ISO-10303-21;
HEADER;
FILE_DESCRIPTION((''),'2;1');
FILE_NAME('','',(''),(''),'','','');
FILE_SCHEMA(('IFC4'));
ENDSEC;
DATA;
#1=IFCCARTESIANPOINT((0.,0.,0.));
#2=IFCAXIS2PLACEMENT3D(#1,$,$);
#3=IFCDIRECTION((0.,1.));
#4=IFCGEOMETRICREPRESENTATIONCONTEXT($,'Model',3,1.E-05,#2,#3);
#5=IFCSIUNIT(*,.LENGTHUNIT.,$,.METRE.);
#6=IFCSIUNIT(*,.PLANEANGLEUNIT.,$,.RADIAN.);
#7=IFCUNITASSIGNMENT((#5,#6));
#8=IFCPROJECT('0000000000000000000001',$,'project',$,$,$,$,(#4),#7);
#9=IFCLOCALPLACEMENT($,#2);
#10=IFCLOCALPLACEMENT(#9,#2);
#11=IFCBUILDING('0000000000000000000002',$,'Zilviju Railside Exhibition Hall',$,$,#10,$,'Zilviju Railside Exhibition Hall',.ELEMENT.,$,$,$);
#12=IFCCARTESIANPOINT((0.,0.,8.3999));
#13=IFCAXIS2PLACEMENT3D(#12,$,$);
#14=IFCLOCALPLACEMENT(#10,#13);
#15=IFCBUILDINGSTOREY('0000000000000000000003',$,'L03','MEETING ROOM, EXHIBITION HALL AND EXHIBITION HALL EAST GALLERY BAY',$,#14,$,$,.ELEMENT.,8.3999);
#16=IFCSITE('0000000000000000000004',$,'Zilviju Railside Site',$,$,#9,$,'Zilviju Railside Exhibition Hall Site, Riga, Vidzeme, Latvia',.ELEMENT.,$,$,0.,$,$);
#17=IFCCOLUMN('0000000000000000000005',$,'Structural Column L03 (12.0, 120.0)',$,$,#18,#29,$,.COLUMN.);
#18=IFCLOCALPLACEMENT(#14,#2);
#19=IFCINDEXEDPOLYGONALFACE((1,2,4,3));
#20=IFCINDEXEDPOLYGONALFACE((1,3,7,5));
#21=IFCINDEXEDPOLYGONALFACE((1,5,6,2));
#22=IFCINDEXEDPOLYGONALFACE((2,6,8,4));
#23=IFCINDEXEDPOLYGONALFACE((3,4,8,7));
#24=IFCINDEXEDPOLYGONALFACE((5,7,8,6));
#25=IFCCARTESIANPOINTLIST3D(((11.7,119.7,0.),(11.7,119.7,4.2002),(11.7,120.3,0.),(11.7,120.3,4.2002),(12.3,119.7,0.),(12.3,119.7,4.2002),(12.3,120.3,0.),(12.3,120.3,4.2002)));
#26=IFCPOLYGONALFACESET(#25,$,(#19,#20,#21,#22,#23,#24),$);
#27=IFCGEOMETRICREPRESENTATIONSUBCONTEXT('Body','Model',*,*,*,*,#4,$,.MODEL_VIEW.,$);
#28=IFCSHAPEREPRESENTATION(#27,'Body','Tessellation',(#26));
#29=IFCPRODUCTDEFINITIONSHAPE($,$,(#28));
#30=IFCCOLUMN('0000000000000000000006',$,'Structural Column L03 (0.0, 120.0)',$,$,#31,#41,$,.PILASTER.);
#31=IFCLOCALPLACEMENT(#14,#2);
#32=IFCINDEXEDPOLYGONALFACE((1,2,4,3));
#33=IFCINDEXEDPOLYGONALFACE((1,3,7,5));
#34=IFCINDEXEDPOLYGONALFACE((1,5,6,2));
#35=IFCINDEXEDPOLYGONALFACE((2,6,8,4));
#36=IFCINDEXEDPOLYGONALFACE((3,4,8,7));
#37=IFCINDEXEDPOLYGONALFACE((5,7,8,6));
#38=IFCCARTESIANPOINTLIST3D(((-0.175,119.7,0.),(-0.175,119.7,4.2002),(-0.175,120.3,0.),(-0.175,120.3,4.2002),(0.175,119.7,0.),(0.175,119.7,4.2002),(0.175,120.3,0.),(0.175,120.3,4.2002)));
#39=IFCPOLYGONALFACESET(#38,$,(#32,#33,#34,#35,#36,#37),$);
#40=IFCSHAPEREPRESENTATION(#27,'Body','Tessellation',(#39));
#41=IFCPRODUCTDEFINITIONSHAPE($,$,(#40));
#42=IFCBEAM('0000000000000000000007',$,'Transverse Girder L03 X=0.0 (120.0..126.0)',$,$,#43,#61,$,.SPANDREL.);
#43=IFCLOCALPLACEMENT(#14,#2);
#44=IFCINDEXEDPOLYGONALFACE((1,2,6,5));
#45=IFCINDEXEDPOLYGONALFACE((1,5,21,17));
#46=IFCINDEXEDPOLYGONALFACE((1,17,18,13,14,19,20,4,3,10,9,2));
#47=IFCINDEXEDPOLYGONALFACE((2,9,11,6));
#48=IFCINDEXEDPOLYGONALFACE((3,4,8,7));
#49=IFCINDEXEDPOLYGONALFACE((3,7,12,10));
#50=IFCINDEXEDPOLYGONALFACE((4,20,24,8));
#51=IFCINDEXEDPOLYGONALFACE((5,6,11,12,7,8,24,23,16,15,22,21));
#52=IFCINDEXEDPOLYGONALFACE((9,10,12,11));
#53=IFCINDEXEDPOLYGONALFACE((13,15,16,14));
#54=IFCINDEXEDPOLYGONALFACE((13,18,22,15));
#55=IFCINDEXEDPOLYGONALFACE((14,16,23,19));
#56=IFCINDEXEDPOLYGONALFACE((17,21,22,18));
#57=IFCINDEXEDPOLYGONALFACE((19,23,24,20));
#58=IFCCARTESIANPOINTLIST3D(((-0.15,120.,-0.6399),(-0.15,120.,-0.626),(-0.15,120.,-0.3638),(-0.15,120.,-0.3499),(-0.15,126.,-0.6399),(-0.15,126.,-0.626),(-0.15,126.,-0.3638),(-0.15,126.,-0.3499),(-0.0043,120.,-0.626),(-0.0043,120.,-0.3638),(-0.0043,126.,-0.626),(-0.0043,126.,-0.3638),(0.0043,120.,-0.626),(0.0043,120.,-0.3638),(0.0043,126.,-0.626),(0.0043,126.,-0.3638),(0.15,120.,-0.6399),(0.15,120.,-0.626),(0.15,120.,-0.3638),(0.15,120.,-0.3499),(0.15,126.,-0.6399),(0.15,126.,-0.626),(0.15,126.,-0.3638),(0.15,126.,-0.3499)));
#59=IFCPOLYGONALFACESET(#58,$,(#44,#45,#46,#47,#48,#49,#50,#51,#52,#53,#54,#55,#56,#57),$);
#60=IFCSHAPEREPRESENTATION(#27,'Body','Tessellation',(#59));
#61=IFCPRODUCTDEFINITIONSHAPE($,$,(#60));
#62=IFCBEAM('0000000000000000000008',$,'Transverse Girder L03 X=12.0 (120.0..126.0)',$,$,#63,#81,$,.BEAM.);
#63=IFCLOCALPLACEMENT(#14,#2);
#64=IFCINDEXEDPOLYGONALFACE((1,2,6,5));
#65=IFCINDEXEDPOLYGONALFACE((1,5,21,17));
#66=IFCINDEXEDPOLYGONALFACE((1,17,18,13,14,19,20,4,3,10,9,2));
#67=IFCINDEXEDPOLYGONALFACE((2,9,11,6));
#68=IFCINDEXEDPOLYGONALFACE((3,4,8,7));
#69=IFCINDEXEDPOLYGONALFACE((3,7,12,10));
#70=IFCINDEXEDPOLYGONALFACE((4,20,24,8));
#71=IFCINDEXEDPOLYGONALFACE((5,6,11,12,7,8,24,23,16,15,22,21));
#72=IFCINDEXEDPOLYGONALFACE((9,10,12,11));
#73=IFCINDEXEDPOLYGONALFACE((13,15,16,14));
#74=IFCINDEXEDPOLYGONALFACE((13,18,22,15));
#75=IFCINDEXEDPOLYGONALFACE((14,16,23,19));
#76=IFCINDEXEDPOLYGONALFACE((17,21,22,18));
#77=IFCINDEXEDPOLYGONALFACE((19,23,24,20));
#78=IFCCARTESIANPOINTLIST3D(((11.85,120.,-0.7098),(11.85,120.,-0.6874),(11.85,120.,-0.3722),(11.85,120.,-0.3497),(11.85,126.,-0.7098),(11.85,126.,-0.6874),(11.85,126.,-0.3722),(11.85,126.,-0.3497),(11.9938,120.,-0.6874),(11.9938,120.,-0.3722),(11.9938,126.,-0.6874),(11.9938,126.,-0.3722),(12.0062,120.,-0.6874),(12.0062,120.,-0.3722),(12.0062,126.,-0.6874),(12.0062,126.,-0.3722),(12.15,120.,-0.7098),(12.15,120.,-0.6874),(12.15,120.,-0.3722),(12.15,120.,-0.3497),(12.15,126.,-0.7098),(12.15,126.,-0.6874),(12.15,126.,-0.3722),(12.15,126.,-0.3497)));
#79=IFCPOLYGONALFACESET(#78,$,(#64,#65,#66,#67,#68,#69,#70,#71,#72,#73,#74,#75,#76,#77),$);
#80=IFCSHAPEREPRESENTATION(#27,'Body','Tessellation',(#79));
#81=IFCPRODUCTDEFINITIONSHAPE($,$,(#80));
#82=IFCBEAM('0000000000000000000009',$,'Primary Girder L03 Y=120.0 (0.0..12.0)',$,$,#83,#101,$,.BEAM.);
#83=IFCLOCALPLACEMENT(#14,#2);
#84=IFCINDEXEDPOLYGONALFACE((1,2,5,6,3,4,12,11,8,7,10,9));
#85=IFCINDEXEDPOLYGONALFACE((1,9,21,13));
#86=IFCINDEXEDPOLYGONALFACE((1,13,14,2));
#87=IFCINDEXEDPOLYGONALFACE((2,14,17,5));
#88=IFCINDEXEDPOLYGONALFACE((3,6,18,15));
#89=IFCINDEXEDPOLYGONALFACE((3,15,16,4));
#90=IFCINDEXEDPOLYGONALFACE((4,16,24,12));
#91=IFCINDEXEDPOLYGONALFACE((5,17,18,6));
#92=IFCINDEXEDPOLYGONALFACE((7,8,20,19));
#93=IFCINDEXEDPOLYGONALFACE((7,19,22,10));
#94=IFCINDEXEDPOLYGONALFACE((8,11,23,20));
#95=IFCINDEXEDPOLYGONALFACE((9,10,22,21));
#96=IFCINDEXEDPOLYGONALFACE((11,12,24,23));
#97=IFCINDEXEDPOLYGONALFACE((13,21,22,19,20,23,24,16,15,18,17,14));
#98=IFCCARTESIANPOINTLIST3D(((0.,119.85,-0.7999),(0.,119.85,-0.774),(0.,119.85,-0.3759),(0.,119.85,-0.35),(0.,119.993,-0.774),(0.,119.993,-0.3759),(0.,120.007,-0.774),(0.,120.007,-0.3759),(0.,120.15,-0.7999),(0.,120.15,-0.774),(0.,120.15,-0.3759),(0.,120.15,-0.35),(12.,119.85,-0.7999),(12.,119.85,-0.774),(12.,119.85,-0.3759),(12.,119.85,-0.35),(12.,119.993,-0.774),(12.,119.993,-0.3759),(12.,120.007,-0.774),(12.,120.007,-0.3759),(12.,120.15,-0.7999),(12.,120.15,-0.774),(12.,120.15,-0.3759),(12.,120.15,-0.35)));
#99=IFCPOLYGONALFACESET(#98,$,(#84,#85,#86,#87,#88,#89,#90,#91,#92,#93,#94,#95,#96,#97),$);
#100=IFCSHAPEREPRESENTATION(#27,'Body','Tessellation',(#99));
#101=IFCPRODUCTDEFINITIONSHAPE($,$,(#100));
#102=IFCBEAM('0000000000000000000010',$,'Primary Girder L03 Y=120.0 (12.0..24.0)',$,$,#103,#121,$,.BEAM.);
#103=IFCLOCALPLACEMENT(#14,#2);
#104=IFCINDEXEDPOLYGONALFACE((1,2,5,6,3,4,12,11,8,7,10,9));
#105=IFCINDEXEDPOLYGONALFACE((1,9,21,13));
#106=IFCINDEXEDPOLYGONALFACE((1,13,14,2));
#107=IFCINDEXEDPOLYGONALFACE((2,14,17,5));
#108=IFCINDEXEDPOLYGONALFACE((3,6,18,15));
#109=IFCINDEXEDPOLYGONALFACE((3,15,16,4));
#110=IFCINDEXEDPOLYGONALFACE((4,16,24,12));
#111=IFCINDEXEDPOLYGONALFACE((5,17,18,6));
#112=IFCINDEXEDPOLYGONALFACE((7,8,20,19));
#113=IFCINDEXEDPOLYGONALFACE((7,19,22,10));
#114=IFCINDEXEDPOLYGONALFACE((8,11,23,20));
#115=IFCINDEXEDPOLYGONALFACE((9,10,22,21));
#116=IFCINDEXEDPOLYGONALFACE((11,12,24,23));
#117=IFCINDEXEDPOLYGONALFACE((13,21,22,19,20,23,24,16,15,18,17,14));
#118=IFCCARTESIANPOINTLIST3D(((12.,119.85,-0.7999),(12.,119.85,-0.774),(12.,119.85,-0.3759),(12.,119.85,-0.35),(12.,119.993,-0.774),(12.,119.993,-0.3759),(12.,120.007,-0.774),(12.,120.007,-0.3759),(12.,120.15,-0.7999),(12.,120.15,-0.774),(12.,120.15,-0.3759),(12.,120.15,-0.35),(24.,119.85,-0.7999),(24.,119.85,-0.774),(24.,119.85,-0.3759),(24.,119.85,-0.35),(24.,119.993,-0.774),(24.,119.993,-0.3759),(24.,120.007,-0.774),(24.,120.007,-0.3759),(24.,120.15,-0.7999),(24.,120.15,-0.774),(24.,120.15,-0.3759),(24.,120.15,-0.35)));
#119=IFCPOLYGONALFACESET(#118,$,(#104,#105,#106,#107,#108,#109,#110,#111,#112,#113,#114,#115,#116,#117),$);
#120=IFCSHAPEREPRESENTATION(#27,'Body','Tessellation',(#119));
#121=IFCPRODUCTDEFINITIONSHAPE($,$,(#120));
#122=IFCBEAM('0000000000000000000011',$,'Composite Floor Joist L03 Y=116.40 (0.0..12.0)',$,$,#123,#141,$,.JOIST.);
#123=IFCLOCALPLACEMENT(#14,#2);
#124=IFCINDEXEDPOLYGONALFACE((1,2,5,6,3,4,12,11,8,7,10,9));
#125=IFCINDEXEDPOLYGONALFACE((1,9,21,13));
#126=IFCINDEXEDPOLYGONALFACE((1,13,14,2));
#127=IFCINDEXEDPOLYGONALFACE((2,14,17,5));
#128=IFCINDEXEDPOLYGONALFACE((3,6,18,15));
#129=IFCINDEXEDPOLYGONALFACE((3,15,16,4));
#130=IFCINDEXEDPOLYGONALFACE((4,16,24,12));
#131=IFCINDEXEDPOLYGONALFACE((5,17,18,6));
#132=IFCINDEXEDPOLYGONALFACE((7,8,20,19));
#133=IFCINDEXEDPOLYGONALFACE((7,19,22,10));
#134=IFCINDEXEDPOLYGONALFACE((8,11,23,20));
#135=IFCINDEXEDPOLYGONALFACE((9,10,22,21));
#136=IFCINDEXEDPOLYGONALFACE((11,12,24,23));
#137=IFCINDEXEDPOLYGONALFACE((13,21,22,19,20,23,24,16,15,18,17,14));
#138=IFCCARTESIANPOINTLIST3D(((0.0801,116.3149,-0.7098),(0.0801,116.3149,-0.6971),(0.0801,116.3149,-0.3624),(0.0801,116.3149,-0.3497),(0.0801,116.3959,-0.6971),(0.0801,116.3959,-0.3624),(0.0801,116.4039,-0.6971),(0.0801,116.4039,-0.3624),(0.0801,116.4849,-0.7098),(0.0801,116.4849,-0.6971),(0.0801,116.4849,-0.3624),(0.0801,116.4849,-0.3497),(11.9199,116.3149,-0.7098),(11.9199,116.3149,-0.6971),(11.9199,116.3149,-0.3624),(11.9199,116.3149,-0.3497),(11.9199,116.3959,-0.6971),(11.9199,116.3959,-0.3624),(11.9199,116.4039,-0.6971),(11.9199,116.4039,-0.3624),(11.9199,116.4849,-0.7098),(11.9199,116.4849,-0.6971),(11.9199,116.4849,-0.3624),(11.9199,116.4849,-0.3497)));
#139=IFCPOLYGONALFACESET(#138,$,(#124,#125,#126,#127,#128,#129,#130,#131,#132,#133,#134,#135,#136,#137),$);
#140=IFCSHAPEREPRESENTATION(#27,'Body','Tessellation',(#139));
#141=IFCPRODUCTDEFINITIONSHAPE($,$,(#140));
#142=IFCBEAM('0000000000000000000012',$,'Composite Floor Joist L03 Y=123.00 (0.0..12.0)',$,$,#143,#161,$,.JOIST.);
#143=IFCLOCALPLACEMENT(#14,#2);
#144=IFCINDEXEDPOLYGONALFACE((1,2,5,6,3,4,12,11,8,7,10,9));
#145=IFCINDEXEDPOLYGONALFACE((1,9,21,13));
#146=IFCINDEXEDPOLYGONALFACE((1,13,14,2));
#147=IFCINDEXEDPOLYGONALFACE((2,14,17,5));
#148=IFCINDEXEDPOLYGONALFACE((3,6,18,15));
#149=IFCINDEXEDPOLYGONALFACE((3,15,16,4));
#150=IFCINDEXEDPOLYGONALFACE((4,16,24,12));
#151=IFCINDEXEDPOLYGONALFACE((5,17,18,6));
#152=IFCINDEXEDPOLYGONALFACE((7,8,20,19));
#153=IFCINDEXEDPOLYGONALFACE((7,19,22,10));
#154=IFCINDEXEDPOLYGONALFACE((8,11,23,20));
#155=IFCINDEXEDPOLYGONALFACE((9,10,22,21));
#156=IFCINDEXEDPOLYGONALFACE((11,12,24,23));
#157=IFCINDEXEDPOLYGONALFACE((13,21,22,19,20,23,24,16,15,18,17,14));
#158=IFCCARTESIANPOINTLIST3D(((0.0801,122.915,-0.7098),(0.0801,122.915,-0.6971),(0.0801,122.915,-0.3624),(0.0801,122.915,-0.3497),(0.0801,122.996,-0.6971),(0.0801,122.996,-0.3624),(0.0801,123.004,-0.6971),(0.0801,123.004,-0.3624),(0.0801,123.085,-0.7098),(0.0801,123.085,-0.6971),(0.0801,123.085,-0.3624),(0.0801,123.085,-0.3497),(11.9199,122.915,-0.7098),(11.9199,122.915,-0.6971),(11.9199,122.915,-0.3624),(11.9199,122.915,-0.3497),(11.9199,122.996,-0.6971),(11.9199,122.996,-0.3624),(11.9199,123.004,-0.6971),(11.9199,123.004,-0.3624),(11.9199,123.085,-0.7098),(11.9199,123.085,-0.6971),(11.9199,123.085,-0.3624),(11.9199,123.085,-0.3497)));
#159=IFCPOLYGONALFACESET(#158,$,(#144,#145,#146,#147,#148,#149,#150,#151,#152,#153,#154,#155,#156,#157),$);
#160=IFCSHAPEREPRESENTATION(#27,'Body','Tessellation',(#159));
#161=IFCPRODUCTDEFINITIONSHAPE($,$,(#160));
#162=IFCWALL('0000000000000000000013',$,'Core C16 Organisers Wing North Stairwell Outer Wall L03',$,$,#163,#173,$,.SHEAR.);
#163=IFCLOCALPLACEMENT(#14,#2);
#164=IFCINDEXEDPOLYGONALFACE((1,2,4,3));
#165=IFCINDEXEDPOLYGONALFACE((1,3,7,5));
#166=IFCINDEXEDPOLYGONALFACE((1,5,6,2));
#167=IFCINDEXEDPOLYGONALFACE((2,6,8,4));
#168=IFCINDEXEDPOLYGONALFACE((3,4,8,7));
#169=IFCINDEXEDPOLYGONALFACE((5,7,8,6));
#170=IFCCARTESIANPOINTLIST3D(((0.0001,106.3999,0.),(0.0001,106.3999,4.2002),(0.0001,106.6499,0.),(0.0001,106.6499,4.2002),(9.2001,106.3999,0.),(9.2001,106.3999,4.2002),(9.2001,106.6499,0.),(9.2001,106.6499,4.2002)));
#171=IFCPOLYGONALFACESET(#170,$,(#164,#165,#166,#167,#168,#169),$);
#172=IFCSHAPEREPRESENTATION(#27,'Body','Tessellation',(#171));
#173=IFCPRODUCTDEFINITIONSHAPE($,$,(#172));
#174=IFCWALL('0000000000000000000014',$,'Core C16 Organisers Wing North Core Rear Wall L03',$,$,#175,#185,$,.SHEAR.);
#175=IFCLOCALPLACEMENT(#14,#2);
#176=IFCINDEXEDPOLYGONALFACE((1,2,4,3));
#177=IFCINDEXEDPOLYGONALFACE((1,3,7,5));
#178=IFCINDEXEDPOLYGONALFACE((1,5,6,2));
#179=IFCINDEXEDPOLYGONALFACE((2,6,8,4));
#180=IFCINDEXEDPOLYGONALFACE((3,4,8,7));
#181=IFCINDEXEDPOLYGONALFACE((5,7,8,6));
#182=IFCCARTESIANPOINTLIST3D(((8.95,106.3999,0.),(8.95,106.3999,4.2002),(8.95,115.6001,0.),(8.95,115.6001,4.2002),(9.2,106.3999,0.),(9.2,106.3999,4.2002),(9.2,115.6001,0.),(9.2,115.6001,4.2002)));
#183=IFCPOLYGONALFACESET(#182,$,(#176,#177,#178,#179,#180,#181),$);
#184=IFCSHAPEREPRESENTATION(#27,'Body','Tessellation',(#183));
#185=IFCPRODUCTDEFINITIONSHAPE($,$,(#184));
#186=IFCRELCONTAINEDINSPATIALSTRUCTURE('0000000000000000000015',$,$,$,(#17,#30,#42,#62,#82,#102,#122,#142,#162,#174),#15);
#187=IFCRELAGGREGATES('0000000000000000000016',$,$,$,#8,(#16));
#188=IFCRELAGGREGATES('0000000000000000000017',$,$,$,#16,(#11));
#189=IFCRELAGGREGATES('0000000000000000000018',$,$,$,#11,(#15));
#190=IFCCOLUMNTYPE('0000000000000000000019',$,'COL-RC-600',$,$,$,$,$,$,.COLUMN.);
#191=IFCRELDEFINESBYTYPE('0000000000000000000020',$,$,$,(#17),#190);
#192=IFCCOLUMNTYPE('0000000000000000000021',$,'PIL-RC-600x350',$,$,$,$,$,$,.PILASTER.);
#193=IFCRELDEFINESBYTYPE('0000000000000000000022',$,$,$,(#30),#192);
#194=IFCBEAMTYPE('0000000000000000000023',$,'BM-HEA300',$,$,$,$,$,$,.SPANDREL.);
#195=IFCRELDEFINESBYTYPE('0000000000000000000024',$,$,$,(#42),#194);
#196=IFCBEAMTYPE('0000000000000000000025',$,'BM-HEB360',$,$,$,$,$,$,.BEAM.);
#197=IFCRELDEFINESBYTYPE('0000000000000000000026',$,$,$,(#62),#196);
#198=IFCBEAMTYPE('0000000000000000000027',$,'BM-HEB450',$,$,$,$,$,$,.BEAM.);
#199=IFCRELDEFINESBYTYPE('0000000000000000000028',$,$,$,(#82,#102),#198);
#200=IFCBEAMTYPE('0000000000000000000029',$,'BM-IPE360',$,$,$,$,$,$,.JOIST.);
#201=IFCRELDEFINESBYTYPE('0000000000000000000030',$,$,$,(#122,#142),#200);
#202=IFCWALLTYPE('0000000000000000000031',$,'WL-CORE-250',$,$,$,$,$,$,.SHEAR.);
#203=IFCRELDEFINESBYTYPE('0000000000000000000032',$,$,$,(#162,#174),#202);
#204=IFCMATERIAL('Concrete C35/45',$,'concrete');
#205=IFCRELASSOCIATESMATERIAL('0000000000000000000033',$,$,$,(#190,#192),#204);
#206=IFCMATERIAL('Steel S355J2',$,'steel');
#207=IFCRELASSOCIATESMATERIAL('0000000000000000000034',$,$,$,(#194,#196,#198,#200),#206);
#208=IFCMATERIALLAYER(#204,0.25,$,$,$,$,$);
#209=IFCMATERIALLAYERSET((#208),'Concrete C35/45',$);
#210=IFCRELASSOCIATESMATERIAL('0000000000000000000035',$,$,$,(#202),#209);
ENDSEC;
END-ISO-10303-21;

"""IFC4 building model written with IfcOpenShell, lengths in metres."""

from ifc_helpers import new_model, si_unit, direction, frame, frame_2d, origin, origin_2d, place, context, subcontext, project, spatial, rectangle, i_section, extrude, material, layer, layer_set, material_profile, profile_set, type_object, element, save


model = new_model("IFC4")

# Units and contexts
model_context = context("Model", 3, precision=1e-05, world=origin(), true_north=direction((0.0, 1.0)))
body_context = subcontext(model_context, "Body", "Model", "MODEL_VIEW")
ifc_project = project(units=[si_unit("LENGTHUNIT", "METRE"), si_unit("PLANEANGLEUNIT", "RADIAN")], contexts=[model_context])

# Site, building, storey
site_placement = place(None, origin())
site = spatial("IfcSite", under=ifc_project, at=site_placement, Name="Zilviju Railside Site", LongName="Zilviju Railside Exhibition Hall Site, Riga, Vidzeme, Latvia", CompositionType="ELEMENT", RefElevation=0.0)
building_placement = place(site_placement, origin())
building = spatial("IfcBuilding", under=site, at=building_placement, Name="Zilviju Railside Exhibition Hall", LongName="Zilviju Railside Exhibition Hall", CompositionType="ELEMENT")
storey_placement = place(building_placement, frame((0.0, 0.0, 8.3999)))
storey = spatial("IfcBuildingStorey", under=building, at=storey_placement, Name="L03", Description="MEETING ROOM, EXHIBITION HALL AND EXHIBITION HALL EAST GALLERY BAY", CompositionType="ELEMENT", Elevation=8.3999)

# Columns
ifc_material_1 = material(Name="Concrete C35/45", Category="concrete")
ifc_material_profile_1 = material_profile(ifc_material_1, rectangle(XDim=0.6001, YDim=0.6001, at=origin_2d()), Name="RC COL 600x600")
ifc_profile_set_1 = profile_set([ifc_material_profile_1], Name="Concrete C35/45")
column_type_1 = type_object("IfcColumnType", Name="COL-RC-600", PredefinedType="COLUMN", material=ifc_profile_set_1)
column_1_placement = place(storey_placement, frame((12.0, 120.0, 0.0), z_axis=(0.0, 0.0, 1.0), x_axis=(1.0, 0.0, 0.0)))
element("IfcColumn", 1, at=column_1_placement, inside=storey, type_object=column_type_1, Name="Structural Column L03 (12.0, 120.0)", PredefinedType="COLUMN", context=body_context, shape_type="SweptSolid", body=[
    extrude(rectangle(XDim=0.6001, YDim=0.6001, at=origin_2d()), origin(), (0.0, 0.0, 1.0), 4.2002),
])
ifc_material_profile_2 = material_profile(ifc_material_1, rectangle(XDim=0.3501, YDim=0.6001, at=origin_2d()), Name="RC COL 350x600")
ifc_profile_set_2 = profile_set([ifc_material_profile_2], Name="Concrete C35/45")
column_type_2 = type_object("IfcColumnType", Name="PIL-RC-600x350", PredefinedType="PILASTER", material=ifc_profile_set_2)
column_2_placement = place(storey_placement, frame((0.0, 120.0, 0.0), z_axis=(0.0, 0.0, 1.0), x_axis=(1.0, 0.0, 0.0)))
element("IfcColumn", 2, at=column_2_placement, inside=storey, type_object=column_type_2, Name="Structural Column L03 (0.0, 120.0)", PredefinedType="PILASTER", context=body_context, shape_type="SweptSolid", body=[
    extrude(rectangle(XDim=0.3501, YDim=0.6001, at=origin_2d()), origin(), (0.0, 0.0, 1.0), 4.2002),
])

# Beams
ifc_material_2 = material(Name="Steel S355J2", Category="steel")
ifc_material_profile_3 = material_profile(ifc_material_2, i_section(OverallWidth=0.3, OverallDepth=0.29, WebThickness=0.0085, FlangeThickness=0.0139, at=origin_2d()), Name="HEA 300")
ifc_profile_set_3 = profile_set([ifc_material_profile_3], Name="Steel S355J2")
beam_type_1 = type_object("IfcBeamType", Name="BM-HEA300", PredefinedType="SPANDREL", material=ifc_profile_set_3)
beam_1_placement = place(storey_placement, frame((0.0, 120.0, -0.4949), z_axis=(0.0, 1.0, 0.0), x_axis=(-1.0, 0.0, 0.0)))
element("IfcBeam", 3, at=beam_1_placement, inside=storey, type_object=beam_type_1, Name="Transverse Girder L03 X=0.0 (120.0..126.0)", PredefinedType="SPANDREL", context=body_context, shape_type="SweptSolid", body=[
    extrude(i_section(OverallWidth=0.3, OverallDepth=0.29, WebThickness=0.0085, FlangeThickness=0.0139, at=origin_2d()), origin(), (0.0, 0.0, 1.0), 6.0),
])
ifc_material_profile_4 = material_profile(ifc_material_2, i_section(OverallWidth=0.3, OverallDepth=0.3601, WebThickness=0.0125, FlangeThickness=0.0225, at=origin_2d()), Name="HEB 360")
ifc_profile_set_4 = profile_set([ifc_material_profile_4], Name="Steel S355J2")
beam_type_2 = type_object("IfcBeamType", Name="BM-HEB360", PredefinedType="BEAM", material=ifc_profile_set_4)
beam_2_placement = place(storey_placement, frame((12.0, 120.0, -0.5298), z_axis=(0.0, 1.0, 0.0), x_axis=(-1.0, 0.0, 0.0)))
element("IfcBeam", 4, at=beam_2_placement, inside=storey, type_object=beam_type_2, Name="Transverse Girder L03 X=12.0 (120.0..126.0)", PredefinedType="BEAM", context=body_context, shape_type="SweptSolid", body=[
    extrude(i_section(OverallWidth=0.3, OverallDepth=0.3601, WebThickness=0.0125, FlangeThickness=0.0225, at=origin_2d()), origin(), (0.0, 0.0, 1.0), 6.0),
])
ifc_material_profile_5 = material_profile(ifc_material_2, i_section(OverallWidth=0.3, OverallDepth=0.45, WebThickness=0.0139, FlangeThickness=0.0259, at=origin_2d()), Name="HEB 450")
ifc_profile_set_5 = profile_set([ifc_material_profile_5], Name="Steel S355J2")
beam_type_3 = type_object("IfcBeamType", Name="BM-HEB450", PredefinedType="BEAM", material=ifc_profile_set_5)
for number, where, z_axis, x_axis, name in (
    (5, (0.0, 120.0, -0.575), (1.0, 0.0, 0.0), (0.0, 1.0, 0.0), "Primary Girder L03 Y=120.0 (0.0..12.0)"),
    (6, (12.0, 120.0, -0.575), (1.0, 0.0, 0.0), (0.0, 1.0, 0.0), "Primary Girder L03 Y=120.0 (12.0..24.0)"),
):
    element("IfcBeam", number, at=place(storey_placement, frame(where, z_axis=z_axis, x_axis=x_axis)), inside=storey, type_object=beam_type_3, Name=name, PredefinedType="BEAM", context=body_context, shape_type="SweptSolid", body=[
        extrude(i_section(OverallWidth=0.3, OverallDepth=0.45, WebThickness=0.0139, FlangeThickness=0.0259, at=origin_2d()), origin(), (0.0, 0.0, 1.0), 12.0),
    ])
ifc_material_profile_6 = material_profile(ifc_material_2, i_section(OverallWidth=0.1699, OverallDepth=0.3601, WebThickness=0.0081, FlangeThickness=0.0127, at=origin_2d()), Name="IPE 360")
ifc_profile_set_6 = profile_set([ifc_material_profile_6], Name="Steel S355J2")
beam_type_4 = type_object("IfcBeamType", Name="BM-IPE360", PredefinedType="JOIST", material=ifc_profile_set_6)
for number, where, z_axis, x_axis, name in (
    (7, (0.0801, 116.3999, -0.5298), (1.0, 0.0, 0.0), (0.0, 1.0, 0.0), "Composite Floor Joist L03 Y=116.40 (0.0..12.0)"),
    (8, (0.0801, 123.0, -0.5298), (1.0, 0.0, 0.0), (0.0, 1.0, 0.0), "Composite Floor Joist L03 Y=123.00 (0.0..12.0)"),
):
    element("IfcBeam", number, at=place(storey_placement, frame(where, z_axis=z_axis, x_axis=x_axis)), inside=storey, type_object=beam_type_4, Name=name, PredefinedType="JOIST", context=body_context, shape_type="SweptSolid", body=[
        extrude(i_section(OverallWidth=0.1699, OverallDepth=0.3601, WebThickness=0.0081, FlangeThickness=0.0127, at=origin_2d()), origin(), (0.0, 0.0, 1.0), 11.8398),
    ])

# Walls
ifc_layer_1 = layer(ifc_material_1, 0.25)
ifc_layer_set_1 = layer_set([ifc_layer_1], Name="Concrete C35/45")
wall_type_1 = type_object("IfcWallType", Name="WL-CORE-250", PredefinedType="SHEAR", material=ifc_layer_set_1)
wall_1_placement = place(storey_placement, frame((0.0, 106.5249, 0.0), z_axis=(0.0, 0.0, 1.0), x_axis=(1.0, 0.0, 0.0)))
element("IfcWall", 9, at=wall_1_placement, inside=storey, type_object=wall_type_1, Name="Core C16 Organisers Wing North Stairwell Outer Wall L03", PredefinedType="SHEAR", context=body_context, shape_type="SweptSolid", body=[
    extrude(rectangle(XDim=9.2, YDim=0.25, at=frame_2d((4.6001, 0.0))), origin(), (0.0, 0.0, 1.0), 4.2002),
])
wall_2_placement = place(storey_placement, frame((9.075, 106.3999, 0.0), z_axis=(0.0, 0.0, 1.0), x_axis=(0.0, 1.0, 0.0)))
element("IfcWall", 10, at=wall_2_placement, inside=storey, type_object=wall_type_1, Name="Core C16 Organisers Wing North Core Rear Wall L03", PredefinedType="SHEAR", context=body_context, shape_type="SweptSolid", body=[
    extrude(rectangle(XDim=9.2002, YDim=0.25, at=frame_2d((4.6001, 0.0))), origin(), (0.0, 0.0, 1.0), 4.2002),
])

save(model, "model.ifc")
